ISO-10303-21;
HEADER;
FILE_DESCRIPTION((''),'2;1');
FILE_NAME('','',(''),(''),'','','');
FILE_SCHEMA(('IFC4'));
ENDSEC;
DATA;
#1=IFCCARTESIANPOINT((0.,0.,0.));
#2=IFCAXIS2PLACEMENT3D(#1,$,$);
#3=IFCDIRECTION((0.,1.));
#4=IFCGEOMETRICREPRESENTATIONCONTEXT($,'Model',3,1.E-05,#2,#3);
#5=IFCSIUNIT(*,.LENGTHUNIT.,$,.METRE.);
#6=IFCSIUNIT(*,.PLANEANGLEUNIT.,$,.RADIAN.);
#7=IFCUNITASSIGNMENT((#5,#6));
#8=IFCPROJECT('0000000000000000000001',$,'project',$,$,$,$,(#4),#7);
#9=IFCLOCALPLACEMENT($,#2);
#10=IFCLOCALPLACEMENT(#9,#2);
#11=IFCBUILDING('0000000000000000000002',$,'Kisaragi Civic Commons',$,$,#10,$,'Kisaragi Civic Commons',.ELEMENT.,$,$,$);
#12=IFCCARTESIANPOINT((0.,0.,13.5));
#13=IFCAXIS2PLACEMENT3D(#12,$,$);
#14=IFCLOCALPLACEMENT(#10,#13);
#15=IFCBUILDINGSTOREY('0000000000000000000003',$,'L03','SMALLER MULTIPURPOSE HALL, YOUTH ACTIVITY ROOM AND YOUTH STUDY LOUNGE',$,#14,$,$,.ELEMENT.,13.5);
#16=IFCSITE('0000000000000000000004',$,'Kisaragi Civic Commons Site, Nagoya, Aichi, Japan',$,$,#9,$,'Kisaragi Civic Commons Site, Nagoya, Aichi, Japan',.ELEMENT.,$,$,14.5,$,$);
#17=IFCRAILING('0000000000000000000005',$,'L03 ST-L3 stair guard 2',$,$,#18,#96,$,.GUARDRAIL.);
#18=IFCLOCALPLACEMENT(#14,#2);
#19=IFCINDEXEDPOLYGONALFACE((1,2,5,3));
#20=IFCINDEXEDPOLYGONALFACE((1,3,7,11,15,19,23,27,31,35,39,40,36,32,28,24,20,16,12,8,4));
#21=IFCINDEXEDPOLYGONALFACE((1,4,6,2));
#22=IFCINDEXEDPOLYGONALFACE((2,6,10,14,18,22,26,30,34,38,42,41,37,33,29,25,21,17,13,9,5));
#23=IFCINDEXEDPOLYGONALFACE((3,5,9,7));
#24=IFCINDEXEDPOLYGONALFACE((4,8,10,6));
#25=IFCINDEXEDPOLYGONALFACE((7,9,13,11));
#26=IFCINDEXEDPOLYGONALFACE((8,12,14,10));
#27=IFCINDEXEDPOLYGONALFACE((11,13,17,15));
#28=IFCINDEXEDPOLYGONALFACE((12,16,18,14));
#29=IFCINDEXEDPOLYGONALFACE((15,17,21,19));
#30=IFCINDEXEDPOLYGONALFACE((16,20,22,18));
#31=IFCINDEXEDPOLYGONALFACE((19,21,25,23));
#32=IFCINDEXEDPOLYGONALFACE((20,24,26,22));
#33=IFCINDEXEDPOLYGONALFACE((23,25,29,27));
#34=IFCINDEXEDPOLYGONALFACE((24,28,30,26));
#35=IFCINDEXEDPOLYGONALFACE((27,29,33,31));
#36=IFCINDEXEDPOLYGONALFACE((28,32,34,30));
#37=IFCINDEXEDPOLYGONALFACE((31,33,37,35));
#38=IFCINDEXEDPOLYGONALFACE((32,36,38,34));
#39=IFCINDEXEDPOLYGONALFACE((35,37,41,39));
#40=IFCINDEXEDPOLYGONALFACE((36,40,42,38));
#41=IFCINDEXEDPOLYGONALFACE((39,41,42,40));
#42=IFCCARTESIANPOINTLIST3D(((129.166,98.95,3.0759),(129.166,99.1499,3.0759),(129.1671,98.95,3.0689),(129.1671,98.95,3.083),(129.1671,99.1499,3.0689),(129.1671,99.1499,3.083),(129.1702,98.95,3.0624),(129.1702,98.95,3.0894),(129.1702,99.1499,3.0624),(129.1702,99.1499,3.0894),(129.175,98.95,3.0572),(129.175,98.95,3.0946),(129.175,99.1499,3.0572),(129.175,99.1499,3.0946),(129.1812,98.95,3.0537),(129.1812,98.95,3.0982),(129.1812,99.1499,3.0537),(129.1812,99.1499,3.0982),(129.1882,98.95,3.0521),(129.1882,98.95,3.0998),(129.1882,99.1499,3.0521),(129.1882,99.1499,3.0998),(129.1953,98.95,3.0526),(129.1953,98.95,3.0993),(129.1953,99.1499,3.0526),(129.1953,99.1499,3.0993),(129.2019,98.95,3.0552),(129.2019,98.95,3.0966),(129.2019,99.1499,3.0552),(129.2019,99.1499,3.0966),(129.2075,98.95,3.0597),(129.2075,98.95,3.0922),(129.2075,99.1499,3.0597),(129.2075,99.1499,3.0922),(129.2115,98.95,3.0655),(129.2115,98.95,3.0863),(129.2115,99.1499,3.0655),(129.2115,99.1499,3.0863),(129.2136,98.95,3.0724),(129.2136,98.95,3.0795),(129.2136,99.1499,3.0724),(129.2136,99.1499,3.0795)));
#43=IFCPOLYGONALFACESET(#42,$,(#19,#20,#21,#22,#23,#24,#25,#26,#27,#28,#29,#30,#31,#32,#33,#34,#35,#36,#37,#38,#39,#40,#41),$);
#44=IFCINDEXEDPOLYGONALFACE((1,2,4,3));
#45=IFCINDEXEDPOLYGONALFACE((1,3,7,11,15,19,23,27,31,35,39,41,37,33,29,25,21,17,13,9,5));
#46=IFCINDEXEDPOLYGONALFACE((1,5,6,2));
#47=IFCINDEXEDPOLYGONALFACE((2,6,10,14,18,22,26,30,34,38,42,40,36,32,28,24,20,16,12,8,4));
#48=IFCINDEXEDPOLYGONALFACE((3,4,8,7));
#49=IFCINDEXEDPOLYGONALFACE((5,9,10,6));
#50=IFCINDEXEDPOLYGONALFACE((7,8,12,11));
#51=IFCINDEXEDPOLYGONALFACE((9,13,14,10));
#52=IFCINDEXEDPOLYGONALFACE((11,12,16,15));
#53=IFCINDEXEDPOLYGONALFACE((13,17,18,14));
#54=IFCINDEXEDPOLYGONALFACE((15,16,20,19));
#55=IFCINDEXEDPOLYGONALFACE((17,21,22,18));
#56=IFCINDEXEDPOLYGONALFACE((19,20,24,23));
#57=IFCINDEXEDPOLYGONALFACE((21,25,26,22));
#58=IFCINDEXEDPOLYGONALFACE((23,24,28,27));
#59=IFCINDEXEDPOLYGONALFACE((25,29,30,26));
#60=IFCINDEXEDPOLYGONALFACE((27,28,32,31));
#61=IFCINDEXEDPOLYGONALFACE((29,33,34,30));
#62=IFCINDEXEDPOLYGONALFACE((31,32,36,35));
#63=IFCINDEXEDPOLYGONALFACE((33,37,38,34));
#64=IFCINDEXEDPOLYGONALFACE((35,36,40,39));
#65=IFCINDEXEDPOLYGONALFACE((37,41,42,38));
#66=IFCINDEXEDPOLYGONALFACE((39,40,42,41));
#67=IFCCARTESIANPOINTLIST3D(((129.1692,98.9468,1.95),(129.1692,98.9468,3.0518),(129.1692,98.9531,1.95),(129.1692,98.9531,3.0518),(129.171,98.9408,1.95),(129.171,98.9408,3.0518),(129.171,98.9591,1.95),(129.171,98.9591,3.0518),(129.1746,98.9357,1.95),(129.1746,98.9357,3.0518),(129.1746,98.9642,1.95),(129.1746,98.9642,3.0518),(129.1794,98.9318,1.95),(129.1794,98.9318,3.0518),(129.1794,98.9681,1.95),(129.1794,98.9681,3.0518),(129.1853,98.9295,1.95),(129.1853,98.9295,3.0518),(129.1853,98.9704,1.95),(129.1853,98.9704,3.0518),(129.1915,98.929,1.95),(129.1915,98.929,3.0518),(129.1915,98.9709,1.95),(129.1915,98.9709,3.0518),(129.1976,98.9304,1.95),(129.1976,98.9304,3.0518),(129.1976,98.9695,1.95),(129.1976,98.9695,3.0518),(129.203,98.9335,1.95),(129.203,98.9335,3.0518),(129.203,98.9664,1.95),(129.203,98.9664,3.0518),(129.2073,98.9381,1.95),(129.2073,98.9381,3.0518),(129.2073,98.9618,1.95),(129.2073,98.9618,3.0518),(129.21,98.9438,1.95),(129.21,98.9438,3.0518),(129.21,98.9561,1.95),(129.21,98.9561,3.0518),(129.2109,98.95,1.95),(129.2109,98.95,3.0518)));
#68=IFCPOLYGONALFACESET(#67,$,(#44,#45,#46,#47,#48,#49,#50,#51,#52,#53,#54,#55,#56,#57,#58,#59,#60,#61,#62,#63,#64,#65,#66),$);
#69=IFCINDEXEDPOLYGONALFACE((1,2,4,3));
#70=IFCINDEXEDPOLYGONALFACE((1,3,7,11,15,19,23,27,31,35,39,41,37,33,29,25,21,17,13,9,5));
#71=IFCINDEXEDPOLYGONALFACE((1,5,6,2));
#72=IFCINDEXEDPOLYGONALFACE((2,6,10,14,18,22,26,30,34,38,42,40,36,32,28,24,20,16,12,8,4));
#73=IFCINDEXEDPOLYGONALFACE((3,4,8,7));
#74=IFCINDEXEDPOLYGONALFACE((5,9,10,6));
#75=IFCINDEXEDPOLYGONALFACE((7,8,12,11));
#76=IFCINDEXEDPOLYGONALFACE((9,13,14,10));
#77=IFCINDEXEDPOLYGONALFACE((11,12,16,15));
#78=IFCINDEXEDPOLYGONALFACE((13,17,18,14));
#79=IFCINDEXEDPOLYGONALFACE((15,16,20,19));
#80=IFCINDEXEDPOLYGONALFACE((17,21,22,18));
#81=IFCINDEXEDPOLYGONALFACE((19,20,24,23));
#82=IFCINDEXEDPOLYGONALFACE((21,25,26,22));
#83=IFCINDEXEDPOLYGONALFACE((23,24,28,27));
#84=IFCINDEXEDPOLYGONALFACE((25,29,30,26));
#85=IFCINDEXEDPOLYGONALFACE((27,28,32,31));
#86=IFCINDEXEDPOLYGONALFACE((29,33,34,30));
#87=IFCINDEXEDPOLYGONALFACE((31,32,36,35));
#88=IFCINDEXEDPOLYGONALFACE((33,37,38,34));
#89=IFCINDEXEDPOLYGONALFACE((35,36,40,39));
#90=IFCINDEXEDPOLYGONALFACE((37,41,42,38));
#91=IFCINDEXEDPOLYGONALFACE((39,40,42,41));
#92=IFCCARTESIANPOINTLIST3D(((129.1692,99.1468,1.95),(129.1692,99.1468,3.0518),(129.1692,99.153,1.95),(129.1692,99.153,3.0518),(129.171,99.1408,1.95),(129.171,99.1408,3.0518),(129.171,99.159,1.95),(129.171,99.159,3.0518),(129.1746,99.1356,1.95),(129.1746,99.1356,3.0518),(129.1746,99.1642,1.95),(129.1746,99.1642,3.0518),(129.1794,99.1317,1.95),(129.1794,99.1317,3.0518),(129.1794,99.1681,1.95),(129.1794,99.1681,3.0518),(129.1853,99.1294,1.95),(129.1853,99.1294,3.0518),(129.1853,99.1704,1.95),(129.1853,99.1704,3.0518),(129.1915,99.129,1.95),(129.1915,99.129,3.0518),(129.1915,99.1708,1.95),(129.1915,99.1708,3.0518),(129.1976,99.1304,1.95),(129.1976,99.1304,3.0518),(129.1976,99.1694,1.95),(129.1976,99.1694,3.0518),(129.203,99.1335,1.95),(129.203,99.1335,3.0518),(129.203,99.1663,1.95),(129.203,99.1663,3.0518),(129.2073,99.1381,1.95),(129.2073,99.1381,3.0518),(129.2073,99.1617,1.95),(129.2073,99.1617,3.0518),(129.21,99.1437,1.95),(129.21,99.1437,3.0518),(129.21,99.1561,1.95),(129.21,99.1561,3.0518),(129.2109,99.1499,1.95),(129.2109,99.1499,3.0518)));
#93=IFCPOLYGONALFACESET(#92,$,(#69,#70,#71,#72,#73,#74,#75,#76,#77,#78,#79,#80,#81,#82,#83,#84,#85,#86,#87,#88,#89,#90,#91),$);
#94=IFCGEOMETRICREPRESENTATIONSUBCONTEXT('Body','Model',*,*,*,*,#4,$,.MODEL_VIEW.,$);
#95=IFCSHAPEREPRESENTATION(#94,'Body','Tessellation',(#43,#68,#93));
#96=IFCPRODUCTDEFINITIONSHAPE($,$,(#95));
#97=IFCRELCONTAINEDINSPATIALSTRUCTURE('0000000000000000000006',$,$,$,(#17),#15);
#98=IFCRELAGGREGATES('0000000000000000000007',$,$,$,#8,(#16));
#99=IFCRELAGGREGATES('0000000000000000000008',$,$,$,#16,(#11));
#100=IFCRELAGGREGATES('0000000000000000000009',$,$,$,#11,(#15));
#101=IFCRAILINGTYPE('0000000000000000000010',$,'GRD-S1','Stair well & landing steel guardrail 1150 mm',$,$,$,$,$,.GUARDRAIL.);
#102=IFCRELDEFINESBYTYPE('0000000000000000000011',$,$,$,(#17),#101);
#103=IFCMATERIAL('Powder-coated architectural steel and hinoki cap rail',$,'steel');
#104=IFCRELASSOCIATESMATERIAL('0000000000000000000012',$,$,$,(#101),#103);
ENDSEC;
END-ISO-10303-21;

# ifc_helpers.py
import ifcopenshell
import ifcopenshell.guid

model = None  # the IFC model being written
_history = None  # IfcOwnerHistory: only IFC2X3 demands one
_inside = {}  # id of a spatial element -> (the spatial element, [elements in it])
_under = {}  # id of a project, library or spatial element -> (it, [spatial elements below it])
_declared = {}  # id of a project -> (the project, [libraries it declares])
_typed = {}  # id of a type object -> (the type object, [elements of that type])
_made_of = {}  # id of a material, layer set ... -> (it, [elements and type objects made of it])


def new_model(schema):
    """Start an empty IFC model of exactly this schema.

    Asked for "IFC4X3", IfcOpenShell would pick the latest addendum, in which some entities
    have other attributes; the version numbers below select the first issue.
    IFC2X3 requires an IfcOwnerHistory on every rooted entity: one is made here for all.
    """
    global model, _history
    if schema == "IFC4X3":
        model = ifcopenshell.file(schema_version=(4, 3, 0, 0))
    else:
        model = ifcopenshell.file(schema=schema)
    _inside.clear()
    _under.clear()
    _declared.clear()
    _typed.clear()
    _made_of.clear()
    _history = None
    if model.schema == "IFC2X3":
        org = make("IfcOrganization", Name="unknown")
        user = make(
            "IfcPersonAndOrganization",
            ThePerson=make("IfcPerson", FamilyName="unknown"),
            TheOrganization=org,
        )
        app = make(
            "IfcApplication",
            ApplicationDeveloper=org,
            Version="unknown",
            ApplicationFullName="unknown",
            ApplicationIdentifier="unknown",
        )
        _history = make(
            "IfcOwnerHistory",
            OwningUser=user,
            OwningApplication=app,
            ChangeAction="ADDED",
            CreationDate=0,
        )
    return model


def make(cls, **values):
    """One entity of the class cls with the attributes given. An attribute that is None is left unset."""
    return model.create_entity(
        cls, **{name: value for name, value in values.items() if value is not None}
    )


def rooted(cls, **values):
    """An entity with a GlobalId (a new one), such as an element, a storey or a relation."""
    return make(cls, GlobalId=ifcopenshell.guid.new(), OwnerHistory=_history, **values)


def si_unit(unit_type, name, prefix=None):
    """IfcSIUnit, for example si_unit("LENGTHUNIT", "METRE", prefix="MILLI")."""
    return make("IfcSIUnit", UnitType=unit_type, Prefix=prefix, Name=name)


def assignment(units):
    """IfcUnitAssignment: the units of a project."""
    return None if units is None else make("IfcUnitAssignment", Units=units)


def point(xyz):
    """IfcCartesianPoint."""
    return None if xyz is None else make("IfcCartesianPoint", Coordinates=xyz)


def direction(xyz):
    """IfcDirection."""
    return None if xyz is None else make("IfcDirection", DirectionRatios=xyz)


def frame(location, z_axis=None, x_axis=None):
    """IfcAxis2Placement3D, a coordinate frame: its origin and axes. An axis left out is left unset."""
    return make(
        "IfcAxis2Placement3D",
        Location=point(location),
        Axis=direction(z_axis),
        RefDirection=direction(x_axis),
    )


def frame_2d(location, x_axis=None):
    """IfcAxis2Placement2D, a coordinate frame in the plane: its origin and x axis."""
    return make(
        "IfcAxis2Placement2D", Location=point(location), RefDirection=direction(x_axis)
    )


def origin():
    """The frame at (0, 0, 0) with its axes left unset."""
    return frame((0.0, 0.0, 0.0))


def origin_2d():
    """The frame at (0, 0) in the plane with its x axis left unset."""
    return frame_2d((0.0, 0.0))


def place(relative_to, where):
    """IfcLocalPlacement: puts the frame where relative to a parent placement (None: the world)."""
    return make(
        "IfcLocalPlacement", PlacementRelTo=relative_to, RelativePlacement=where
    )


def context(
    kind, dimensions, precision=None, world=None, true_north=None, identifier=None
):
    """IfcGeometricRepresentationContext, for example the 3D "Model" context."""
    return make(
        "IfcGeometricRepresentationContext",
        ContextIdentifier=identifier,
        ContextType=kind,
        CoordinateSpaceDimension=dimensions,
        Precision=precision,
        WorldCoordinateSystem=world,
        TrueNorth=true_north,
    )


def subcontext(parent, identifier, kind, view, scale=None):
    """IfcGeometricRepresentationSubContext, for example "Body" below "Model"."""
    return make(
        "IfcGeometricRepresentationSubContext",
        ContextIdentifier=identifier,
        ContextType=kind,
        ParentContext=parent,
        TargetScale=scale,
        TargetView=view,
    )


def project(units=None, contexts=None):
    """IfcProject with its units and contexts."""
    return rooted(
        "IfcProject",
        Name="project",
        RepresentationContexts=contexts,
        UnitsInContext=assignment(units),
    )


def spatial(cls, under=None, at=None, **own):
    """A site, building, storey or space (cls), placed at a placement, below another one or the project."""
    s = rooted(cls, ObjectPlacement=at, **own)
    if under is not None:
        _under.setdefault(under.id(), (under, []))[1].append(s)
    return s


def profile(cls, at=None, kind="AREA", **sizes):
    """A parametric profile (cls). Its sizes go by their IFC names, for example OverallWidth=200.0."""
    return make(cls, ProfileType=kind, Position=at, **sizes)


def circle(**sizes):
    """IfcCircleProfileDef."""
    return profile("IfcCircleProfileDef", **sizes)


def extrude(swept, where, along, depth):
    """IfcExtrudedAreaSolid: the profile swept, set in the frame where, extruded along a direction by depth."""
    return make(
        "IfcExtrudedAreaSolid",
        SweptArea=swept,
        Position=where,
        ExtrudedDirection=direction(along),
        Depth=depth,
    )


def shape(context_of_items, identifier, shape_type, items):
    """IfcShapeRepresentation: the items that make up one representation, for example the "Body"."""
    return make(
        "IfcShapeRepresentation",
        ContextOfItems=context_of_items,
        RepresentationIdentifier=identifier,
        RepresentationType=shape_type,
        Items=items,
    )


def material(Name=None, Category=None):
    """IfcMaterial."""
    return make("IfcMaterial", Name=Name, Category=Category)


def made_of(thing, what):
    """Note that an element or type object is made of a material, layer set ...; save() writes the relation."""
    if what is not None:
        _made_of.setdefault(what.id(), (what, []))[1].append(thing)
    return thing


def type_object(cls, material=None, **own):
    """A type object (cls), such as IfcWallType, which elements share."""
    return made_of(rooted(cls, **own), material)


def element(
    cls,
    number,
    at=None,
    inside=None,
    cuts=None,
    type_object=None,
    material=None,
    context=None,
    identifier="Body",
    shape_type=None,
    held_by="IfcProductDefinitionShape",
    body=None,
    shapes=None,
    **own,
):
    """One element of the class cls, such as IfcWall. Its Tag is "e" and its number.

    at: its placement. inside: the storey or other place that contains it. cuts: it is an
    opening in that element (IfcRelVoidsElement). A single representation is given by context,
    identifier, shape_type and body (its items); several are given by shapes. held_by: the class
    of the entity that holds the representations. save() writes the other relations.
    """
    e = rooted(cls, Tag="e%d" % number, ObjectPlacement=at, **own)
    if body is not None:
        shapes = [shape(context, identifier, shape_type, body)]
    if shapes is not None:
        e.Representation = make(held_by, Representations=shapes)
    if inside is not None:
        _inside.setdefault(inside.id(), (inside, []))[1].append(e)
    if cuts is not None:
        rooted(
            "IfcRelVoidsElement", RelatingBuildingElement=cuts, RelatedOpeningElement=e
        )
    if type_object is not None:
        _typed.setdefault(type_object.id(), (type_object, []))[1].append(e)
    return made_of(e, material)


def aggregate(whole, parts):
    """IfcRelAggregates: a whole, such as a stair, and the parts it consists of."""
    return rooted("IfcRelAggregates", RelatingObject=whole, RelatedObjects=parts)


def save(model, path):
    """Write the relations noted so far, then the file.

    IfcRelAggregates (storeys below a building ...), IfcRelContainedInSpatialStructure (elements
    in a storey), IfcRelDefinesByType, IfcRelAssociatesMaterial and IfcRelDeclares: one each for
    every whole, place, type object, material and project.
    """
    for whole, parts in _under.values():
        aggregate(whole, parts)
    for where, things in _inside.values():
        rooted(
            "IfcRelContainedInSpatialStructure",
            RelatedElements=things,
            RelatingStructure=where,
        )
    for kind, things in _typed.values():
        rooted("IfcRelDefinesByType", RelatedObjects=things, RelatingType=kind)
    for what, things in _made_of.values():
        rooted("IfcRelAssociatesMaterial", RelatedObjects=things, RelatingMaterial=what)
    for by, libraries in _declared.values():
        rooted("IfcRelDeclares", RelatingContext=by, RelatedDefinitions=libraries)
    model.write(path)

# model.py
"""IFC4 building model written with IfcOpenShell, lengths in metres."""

from ifc_helpers import new_model, si_unit, direction, frame, origin, origin_2d, place, context, subcontext, project, spatial, circle, extrude, material, type_object, element, save


model = new_model("IFC4")

# Units and contexts
model_context = context("Model", 3, precision=1e-05, world=origin(), true_north=direction((0.0, 1.0)))
body_context = subcontext(model_context, "Body", "Model", "MODEL_VIEW")
ifc_project = project(units=[si_unit("LENGTHUNIT", "METRE"), si_unit("PLANEANGLEUNIT", "RADIAN")], contexts=[model_context])

# Site, building, storey
site_placement = place(None, origin())
site = spatial("IfcSite", under=ifc_project, at=site_placement, Name="Kisaragi Civic Commons Site, Nagoya, Aichi, Japan", LongName="Kisaragi Civic Commons Site, Nagoya, Aichi, Japan", CompositionType="ELEMENT", RefElevation=14.5)
building_placement = place(site_placement, origin())
building = spatial("IfcBuilding", under=site, at=building_placement, Name="Kisaragi Civic Commons", LongName="Kisaragi Civic Commons", CompositionType="ELEMENT")
storey_placement = place(building_placement, frame((0.0, 0.0, 13.5)))
storey = spatial("IfcBuildingStorey", under=building, at=storey_placement, Name="L03", Description="SMALLER MULTIPURPOSE HALL, YOUTH ACTIVITY ROOM AND YOUTH STUDY LOUNGE", CompositionType="ELEMENT", Elevation=13.5)

# Railing
ifc_material_1 = material(Name="Powder-coated architectural steel and hinoki cap rail", Category="steel")
railing_type_1 = type_object("IfcRailingType", Name="GRD-S1", Description="Stair well & landing steel guardrail 1150 mm", PredefinedType="GUARDRAIL", material=ifc_material_1)
railing_1_placement = place(storey_placement, frame((129.1899, 98.95, 1.95)))
element("IfcRailing", 1, at=railing_1_placement, inside=storey, type_object=railing_type_1, Name="L03 ST-L3 stair guard 2", PredefinedType="GUARDRAIL", context=body_context, shape_type="SweptSolid", body=[
    extrude(circle(Radius=0.0239, at=origin_2d()), frame((0.0, 0.0, 1.126), z_axis=(0.0, 1.0, 0.0), x_axis=(-1.0, 0.0, 0.0)), (0.0, 0.0, 1.0), 0.2),
    extrude(circle(Radius=0.021, at=origin_2d()), origin(), (0.0, 0.0, 1.0), 1.1018),
    extrude(circle(Radius=0.021, at=origin_2d()), frame((0.0, 0.2, 0.0)), (0.0, 0.0, 1.0), 1.1018),
])

save(model, "model.ifc")
